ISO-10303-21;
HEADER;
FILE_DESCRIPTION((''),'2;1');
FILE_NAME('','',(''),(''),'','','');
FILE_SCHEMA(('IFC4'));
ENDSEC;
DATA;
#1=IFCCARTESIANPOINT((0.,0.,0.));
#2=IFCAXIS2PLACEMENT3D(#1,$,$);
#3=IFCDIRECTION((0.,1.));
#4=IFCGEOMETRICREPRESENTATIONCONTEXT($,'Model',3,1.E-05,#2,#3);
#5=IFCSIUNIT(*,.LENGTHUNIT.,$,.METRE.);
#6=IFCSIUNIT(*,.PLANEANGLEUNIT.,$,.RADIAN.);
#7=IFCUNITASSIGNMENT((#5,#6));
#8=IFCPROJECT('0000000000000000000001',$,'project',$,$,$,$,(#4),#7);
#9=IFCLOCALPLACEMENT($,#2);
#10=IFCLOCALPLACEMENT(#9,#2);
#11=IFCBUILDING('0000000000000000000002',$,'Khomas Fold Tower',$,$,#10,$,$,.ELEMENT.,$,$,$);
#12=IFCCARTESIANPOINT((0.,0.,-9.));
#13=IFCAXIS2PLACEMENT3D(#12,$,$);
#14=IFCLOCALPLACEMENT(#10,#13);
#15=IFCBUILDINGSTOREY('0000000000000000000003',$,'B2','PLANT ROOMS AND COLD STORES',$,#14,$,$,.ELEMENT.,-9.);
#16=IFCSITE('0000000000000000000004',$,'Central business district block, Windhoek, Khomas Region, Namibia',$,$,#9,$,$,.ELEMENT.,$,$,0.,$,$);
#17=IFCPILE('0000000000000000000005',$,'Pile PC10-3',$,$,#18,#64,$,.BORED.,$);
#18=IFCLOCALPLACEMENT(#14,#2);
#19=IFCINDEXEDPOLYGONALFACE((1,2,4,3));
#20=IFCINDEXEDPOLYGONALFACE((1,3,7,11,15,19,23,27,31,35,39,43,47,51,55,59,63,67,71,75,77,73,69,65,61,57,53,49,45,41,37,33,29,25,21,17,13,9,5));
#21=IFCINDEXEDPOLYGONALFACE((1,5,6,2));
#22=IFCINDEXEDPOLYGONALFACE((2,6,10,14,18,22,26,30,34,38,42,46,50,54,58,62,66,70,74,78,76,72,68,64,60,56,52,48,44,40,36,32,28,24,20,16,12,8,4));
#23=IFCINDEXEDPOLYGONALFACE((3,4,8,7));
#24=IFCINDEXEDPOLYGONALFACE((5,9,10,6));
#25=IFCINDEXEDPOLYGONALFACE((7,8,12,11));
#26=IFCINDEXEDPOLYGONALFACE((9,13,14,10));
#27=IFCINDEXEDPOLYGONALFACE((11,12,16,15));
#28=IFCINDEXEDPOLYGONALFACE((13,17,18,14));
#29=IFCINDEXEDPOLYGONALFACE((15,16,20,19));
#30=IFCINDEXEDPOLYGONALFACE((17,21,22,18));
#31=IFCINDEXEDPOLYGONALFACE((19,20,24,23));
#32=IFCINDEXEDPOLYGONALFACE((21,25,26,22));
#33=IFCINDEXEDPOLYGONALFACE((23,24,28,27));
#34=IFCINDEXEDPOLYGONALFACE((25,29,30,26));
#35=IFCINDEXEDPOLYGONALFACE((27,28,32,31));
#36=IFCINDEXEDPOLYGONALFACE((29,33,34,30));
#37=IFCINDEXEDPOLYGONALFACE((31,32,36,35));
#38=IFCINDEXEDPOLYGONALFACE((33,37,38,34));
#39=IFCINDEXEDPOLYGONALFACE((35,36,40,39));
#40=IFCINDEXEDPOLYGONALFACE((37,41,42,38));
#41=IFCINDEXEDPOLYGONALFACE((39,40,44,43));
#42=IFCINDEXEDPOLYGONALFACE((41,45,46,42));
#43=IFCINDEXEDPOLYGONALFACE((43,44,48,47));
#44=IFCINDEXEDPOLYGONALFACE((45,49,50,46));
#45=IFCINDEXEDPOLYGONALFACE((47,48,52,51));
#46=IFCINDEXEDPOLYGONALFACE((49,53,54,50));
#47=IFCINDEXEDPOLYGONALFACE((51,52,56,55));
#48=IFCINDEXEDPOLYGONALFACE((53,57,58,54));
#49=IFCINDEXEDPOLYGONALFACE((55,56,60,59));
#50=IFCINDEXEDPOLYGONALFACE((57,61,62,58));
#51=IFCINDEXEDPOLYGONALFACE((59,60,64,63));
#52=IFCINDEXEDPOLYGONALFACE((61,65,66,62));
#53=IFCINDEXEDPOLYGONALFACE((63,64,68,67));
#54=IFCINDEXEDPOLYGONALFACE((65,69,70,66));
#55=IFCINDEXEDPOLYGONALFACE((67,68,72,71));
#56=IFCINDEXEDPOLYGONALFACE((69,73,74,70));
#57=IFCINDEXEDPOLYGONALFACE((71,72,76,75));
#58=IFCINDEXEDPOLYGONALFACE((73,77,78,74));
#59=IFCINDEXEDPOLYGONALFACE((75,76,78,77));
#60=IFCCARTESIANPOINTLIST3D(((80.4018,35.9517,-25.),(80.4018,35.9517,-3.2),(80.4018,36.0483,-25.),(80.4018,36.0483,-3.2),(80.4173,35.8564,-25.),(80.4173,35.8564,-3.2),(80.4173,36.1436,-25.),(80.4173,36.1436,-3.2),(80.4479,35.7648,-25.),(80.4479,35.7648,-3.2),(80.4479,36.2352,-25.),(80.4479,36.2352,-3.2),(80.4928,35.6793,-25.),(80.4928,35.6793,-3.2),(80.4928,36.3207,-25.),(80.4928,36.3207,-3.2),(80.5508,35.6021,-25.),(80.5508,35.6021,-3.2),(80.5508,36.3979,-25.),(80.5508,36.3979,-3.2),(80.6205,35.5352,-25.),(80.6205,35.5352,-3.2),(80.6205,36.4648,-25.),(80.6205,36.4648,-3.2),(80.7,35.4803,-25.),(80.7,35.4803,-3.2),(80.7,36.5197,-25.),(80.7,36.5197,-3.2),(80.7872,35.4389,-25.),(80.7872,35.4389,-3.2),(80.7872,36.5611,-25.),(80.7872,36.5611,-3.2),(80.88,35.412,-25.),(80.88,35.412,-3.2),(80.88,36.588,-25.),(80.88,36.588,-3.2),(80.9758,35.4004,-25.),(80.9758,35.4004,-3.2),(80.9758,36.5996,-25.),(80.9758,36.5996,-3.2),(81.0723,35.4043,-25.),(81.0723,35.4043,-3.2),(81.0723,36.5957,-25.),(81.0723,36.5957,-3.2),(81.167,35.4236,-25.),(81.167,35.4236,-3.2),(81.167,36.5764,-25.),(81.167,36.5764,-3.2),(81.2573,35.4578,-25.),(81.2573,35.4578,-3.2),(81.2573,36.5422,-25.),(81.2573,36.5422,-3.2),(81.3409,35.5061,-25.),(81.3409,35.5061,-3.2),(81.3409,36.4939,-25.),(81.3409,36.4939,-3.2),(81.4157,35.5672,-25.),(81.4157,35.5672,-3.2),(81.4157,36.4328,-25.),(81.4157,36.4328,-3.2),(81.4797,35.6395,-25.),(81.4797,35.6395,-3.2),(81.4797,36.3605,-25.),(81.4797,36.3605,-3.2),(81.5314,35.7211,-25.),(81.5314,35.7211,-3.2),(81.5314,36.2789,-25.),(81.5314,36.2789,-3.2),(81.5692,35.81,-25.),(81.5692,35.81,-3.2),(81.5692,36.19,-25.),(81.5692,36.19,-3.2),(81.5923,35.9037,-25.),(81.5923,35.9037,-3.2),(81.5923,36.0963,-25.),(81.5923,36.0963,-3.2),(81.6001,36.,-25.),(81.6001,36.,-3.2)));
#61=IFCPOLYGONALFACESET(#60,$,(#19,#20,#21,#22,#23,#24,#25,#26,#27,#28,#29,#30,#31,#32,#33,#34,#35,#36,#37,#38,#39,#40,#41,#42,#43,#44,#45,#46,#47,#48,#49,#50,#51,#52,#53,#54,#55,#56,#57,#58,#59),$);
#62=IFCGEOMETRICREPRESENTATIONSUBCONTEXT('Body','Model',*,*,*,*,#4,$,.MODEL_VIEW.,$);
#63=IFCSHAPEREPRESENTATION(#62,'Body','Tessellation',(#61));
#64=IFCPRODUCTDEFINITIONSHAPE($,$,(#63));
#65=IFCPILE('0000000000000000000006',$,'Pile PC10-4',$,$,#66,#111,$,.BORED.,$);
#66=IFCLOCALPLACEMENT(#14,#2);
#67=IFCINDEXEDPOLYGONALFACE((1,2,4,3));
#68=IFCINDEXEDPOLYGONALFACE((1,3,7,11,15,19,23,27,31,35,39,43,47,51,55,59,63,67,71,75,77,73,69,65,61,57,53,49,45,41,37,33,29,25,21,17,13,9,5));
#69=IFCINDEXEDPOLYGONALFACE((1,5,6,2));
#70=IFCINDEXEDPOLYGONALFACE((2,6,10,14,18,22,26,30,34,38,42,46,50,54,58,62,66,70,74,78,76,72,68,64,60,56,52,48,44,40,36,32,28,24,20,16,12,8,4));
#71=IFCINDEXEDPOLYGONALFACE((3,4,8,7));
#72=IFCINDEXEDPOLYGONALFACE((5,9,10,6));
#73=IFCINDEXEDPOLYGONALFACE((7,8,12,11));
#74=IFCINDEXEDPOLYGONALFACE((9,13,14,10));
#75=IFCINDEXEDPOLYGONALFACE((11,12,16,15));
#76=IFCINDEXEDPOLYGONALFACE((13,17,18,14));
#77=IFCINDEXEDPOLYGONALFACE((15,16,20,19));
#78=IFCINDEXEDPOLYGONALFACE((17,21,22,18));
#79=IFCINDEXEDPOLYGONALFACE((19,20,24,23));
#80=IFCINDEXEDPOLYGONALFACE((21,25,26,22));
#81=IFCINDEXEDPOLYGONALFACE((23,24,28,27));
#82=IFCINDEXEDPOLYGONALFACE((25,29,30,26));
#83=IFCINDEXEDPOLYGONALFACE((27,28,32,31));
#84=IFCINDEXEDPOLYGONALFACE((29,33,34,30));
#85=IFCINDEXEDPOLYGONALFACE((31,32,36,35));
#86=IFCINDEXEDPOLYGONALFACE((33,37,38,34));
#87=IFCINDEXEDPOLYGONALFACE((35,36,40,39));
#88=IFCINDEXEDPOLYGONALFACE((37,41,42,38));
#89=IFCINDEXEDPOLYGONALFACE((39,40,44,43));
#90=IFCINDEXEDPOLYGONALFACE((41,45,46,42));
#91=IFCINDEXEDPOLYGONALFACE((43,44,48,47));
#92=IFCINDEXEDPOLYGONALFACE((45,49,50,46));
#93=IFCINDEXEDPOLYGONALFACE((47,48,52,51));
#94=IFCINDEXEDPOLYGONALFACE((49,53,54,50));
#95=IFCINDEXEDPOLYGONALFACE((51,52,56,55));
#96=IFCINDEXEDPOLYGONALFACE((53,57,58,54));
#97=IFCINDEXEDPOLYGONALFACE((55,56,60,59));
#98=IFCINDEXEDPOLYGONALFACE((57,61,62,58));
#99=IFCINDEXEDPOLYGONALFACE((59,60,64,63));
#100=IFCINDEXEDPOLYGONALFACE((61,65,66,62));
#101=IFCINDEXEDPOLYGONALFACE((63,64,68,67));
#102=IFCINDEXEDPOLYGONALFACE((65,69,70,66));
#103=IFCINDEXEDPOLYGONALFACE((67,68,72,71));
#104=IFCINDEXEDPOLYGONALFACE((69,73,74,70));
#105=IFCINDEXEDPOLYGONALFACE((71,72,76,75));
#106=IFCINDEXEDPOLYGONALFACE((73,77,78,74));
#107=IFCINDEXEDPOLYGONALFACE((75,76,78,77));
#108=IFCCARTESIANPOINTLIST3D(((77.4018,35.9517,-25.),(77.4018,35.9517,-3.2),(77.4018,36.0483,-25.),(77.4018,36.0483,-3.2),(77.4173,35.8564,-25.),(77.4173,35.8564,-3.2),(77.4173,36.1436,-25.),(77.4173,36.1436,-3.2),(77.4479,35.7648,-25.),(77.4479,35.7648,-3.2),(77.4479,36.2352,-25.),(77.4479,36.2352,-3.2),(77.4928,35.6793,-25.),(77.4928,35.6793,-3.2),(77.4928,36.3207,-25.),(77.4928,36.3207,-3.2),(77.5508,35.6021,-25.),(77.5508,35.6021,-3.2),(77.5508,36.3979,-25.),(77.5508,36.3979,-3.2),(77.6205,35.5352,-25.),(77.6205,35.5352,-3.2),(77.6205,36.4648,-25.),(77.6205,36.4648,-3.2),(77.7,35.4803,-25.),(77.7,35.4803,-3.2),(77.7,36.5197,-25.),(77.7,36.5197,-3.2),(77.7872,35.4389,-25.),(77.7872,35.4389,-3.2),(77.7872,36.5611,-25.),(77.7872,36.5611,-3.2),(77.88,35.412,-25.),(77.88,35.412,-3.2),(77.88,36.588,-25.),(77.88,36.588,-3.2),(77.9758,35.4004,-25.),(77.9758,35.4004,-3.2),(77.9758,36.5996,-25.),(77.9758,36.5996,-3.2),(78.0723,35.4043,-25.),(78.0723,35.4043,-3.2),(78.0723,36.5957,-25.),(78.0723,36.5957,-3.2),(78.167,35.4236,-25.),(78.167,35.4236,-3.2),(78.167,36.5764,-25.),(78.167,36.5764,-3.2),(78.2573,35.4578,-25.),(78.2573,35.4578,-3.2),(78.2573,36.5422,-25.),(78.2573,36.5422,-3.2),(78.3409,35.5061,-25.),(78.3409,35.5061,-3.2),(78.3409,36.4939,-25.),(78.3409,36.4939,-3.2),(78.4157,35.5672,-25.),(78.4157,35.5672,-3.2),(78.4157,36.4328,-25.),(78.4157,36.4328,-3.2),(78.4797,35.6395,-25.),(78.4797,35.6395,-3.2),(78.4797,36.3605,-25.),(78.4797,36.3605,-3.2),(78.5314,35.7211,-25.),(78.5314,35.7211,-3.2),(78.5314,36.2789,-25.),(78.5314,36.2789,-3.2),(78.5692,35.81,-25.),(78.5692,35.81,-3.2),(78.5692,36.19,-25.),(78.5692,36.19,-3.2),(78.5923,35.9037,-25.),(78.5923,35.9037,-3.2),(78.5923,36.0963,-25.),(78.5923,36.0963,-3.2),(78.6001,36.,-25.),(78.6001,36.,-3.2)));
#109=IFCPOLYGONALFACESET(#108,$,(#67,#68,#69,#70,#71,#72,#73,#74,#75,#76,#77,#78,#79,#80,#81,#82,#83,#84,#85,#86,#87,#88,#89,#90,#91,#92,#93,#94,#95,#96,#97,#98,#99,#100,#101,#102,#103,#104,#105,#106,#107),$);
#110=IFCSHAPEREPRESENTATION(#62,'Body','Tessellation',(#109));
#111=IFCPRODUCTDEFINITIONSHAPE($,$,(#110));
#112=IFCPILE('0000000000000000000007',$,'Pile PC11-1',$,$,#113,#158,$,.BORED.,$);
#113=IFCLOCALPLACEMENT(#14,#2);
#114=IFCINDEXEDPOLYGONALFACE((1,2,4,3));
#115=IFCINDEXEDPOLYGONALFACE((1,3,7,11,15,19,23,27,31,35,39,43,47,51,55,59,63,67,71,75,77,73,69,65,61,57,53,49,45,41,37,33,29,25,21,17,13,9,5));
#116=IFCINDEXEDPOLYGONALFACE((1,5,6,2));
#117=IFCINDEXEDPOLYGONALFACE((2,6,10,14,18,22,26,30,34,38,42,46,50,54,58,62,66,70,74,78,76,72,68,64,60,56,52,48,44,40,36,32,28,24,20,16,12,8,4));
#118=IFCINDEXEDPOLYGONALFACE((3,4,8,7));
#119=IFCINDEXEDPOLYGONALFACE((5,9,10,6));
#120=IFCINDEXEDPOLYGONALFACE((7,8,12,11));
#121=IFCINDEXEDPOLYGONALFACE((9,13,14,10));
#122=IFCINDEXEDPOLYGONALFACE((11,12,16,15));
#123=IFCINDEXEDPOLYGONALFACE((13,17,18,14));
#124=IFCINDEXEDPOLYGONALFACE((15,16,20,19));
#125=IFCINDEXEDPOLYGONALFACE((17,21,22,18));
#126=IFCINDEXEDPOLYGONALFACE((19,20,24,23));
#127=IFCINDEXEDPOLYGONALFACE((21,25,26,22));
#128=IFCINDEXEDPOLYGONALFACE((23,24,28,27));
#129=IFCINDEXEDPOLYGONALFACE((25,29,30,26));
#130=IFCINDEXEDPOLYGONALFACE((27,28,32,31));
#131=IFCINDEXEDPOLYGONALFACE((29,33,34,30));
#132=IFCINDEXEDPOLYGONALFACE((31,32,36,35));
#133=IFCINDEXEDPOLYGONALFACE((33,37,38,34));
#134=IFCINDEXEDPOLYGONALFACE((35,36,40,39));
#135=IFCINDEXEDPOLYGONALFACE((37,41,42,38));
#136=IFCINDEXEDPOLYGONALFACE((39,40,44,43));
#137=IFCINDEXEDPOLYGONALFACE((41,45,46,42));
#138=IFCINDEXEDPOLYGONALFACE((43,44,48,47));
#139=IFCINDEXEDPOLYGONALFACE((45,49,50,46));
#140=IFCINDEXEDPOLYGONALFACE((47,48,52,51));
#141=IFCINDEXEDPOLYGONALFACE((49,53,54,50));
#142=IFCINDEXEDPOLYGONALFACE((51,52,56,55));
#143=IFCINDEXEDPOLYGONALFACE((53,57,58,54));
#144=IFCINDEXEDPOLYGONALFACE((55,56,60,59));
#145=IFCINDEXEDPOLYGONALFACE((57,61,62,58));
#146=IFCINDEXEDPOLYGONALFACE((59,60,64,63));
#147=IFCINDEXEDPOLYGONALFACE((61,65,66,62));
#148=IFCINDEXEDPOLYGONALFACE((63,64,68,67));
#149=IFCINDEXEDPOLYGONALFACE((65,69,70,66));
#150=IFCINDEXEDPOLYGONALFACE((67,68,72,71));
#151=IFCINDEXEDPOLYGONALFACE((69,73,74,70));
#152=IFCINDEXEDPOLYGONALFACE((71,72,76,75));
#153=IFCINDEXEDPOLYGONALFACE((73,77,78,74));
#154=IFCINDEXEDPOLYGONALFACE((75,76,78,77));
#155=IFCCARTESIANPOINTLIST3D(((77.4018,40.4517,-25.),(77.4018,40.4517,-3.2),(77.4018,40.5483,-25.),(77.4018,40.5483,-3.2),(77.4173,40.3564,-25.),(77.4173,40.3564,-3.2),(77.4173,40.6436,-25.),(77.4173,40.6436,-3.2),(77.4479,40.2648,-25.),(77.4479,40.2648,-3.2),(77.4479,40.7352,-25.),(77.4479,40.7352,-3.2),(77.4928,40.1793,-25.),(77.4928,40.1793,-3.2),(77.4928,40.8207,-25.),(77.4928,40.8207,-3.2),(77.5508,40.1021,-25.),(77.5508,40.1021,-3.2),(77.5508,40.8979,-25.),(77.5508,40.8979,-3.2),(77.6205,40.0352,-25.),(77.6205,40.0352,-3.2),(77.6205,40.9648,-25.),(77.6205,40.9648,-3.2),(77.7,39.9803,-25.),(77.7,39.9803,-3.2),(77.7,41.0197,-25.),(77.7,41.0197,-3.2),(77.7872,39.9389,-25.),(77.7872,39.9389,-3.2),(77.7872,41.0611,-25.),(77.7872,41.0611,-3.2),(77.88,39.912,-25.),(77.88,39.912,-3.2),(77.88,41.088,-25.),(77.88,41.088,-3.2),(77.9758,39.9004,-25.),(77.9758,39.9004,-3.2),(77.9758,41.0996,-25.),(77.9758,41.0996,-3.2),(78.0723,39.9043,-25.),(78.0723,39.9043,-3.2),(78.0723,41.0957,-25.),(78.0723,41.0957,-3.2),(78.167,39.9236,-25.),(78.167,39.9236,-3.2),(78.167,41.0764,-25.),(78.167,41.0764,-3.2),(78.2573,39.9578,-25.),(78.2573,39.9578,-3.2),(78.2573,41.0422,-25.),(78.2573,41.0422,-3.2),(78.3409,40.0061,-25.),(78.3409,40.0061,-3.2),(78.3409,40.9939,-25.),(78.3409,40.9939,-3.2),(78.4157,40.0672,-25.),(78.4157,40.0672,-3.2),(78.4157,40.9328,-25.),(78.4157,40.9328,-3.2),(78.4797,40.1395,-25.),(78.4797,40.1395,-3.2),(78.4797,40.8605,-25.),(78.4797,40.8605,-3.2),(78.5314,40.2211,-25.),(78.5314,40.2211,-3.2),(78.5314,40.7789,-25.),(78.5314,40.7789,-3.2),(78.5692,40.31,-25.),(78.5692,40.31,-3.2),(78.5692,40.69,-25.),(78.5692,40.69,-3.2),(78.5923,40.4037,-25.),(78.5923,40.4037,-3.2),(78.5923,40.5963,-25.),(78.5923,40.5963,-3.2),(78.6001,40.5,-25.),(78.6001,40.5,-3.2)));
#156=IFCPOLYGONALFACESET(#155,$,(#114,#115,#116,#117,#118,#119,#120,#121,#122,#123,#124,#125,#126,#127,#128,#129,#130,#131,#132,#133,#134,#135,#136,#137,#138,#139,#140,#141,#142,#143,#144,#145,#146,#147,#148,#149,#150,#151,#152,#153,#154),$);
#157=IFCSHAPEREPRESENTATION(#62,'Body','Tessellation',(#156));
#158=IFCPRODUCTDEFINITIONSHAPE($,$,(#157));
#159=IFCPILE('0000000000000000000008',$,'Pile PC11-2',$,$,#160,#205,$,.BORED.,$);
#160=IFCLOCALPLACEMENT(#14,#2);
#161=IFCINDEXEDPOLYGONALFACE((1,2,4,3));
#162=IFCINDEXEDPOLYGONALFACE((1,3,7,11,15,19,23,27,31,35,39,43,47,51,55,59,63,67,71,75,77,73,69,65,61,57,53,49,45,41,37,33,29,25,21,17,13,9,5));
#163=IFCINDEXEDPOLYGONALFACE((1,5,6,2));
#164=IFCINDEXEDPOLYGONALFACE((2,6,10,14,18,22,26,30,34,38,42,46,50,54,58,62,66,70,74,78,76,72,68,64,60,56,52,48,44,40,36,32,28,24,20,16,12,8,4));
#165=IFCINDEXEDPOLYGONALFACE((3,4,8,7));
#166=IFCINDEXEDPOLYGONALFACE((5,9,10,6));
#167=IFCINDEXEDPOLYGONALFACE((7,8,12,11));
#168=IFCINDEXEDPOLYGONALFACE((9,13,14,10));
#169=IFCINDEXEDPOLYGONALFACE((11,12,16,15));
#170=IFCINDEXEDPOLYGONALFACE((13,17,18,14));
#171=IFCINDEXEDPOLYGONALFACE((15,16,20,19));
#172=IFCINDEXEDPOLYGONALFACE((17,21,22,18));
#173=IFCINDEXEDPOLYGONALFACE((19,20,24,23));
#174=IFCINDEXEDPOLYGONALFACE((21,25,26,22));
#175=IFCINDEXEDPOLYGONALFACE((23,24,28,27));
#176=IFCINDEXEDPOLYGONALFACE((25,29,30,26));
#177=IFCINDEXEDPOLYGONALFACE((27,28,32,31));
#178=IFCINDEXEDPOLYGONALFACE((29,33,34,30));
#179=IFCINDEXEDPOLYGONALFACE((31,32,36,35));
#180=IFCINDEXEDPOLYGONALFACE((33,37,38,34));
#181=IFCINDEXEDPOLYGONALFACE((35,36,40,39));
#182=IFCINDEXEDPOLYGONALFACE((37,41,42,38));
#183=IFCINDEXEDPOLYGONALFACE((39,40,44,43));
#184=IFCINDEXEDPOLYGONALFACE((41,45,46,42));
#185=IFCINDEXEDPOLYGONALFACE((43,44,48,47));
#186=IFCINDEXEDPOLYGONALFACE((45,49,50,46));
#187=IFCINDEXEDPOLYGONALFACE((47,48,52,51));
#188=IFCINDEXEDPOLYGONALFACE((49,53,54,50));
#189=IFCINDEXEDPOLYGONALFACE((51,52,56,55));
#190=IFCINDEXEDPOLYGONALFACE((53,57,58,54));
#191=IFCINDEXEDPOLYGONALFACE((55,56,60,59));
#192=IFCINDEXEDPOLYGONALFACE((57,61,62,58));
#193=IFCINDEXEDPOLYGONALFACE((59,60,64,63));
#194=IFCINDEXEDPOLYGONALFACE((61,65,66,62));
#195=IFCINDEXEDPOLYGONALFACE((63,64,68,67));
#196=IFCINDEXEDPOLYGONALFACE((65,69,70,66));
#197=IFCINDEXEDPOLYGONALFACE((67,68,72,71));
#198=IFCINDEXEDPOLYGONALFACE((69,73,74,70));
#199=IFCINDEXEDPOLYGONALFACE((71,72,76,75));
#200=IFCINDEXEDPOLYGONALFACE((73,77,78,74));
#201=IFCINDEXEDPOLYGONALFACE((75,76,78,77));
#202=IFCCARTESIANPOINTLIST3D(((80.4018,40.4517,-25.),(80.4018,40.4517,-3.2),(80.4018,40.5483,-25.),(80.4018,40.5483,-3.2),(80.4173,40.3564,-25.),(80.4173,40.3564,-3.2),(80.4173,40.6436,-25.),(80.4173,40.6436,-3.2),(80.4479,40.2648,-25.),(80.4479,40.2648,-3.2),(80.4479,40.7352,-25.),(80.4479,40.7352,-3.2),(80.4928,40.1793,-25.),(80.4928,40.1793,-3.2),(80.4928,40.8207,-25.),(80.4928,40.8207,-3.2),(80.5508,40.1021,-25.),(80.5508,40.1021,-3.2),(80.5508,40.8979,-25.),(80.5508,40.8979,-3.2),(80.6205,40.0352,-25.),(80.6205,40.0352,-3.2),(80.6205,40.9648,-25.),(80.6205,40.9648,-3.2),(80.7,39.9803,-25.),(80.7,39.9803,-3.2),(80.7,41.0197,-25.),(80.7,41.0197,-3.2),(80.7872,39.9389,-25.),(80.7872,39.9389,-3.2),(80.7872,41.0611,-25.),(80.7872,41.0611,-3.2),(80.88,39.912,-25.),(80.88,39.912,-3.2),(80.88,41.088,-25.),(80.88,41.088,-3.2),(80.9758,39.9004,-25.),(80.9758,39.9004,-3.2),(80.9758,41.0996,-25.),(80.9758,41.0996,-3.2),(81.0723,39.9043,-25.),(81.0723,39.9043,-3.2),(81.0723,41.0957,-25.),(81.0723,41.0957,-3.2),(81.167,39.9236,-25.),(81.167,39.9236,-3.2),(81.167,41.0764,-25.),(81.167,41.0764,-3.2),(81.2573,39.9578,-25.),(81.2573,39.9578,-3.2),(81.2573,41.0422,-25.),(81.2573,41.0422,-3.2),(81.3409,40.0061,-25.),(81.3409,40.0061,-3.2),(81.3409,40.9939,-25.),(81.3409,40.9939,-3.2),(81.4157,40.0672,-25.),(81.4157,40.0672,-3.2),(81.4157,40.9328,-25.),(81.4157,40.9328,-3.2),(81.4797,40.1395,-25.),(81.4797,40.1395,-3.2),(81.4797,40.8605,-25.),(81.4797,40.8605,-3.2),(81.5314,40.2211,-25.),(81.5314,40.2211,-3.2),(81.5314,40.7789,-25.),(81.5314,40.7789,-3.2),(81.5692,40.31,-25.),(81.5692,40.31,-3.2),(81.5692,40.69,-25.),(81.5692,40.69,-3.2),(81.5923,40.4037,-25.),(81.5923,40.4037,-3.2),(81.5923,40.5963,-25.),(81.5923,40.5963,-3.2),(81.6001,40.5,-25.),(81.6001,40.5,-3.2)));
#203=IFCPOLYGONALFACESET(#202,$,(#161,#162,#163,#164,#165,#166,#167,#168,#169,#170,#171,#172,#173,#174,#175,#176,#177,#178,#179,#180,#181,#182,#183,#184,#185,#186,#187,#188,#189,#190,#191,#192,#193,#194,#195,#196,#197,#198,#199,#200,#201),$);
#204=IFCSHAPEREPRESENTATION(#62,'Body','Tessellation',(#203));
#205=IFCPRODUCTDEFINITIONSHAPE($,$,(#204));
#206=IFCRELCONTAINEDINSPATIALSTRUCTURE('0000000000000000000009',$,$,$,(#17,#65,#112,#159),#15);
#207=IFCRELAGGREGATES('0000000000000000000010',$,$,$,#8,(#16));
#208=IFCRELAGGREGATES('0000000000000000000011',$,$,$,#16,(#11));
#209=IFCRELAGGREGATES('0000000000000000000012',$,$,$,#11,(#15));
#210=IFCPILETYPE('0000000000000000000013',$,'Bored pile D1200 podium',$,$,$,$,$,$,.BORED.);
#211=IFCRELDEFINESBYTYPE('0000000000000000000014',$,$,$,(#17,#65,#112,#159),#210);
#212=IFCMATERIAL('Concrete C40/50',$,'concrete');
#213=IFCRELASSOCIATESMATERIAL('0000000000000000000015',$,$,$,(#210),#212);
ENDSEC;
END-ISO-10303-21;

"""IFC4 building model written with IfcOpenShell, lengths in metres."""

from ifc_helpers import new_model, si_unit, direction, frame, origin, origin_2d, place, context, subcontext, project, spatial, circle, extrude, source, transform, mapped, material, material_profile, profile_set, type_object, element, save


model = new_model("IFC4")

# Units and contexts
model_context = context("Model", 3, precision=1e-05, world=origin(), true_north=direction((0.0, 1.0)))
body_context = subcontext(model_context, "Body", "Model", "MODEL_VIEW")
ifc_project = project(units=[si_unit("LENGTHUNIT", "METRE"), si_unit("PLANEANGLEUNIT", "RADIAN")], contexts=[model_context])

# Site, building, storey
site_placement = place(None, origin())
site = spatial("IfcSite", under=ifc_project, at=site_placement, Name="Central business district block, Windhoek, Khomas Region, Namibia", CompositionType="ELEMENT", RefElevation=0.0)
building_placement = place(site_placement, origin())
building = spatial("IfcBuilding", under=site, at=building_placement, Name="Khomas Fold Tower", CompositionType="ELEMENT")
storey_placement = place(building_placement, frame((0.0, 0.0, -9.0)))
storey = spatial("IfcBuildingStorey", under=building, at=storey_placement, Name="B2", Description="PLANT ROOMS AND COLD STORES", CompositionType="ELEMENT", Elevation=-9.0)

# Piles
ifc_material_1 = material(Name="Concrete C40/50", Category="concrete")
ifc_material_profile_1 = material_profile(ifc_material_1, circle(Radius=0.6001, at=origin_2d()), Name="PILE D1200")
ifc_profile_set_1 = profile_set([ifc_material_profile_1], Name="Concrete C40/50")
pile_type_1 = type_object("IfcPileType", Name="Bored pile D1200 podium", PredefinedType="BORED", material=ifc_profile_set_1)
shared_shape_1 = source(origin(), body_context, "Body", "SweptSolid", [
    extrude(circle(Radius=0.6001, at=origin_2d()), origin(), (0.0, 0.0, 1.0), 21.8),
])
for number, where, z_axis, x_axis, name in (
    (1, (81.0, 36.0, -3.2), (0.0, 0.0, -1.0), (1.0, 0.0, 0.0), "Pile PC10-3"),
    (2, (78.0, 36.0, -3.2), (0.0, 0.0, -1.0), (1.0, 0.0, 0.0), "Pile PC10-4"),
    (3, (78.0, 40.5, -3.2), (0.0, 0.0, -1.0), (1.0, 0.0, 0.0), "Pile PC11-1"),
    (4, (81.0, 40.5, -3.2), (0.0, 0.0, -1.0), (1.0, 0.0, 0.0), "Pile PC11-2"),
):
    element("IfcPile", number, at=place(storey_placement, frame(where, z_axis=z_axis, x_axis=x_axis)), inside=storey, type_object=pile_type_1, Name=name, PredefinedType="BORED", context=body_context, shape_type="MappedRepresentation", body=[
        mapped(shared_shape_1, transform((0.0, 0.0, 0.0))),
    ])

save(model, "model.ifc")
